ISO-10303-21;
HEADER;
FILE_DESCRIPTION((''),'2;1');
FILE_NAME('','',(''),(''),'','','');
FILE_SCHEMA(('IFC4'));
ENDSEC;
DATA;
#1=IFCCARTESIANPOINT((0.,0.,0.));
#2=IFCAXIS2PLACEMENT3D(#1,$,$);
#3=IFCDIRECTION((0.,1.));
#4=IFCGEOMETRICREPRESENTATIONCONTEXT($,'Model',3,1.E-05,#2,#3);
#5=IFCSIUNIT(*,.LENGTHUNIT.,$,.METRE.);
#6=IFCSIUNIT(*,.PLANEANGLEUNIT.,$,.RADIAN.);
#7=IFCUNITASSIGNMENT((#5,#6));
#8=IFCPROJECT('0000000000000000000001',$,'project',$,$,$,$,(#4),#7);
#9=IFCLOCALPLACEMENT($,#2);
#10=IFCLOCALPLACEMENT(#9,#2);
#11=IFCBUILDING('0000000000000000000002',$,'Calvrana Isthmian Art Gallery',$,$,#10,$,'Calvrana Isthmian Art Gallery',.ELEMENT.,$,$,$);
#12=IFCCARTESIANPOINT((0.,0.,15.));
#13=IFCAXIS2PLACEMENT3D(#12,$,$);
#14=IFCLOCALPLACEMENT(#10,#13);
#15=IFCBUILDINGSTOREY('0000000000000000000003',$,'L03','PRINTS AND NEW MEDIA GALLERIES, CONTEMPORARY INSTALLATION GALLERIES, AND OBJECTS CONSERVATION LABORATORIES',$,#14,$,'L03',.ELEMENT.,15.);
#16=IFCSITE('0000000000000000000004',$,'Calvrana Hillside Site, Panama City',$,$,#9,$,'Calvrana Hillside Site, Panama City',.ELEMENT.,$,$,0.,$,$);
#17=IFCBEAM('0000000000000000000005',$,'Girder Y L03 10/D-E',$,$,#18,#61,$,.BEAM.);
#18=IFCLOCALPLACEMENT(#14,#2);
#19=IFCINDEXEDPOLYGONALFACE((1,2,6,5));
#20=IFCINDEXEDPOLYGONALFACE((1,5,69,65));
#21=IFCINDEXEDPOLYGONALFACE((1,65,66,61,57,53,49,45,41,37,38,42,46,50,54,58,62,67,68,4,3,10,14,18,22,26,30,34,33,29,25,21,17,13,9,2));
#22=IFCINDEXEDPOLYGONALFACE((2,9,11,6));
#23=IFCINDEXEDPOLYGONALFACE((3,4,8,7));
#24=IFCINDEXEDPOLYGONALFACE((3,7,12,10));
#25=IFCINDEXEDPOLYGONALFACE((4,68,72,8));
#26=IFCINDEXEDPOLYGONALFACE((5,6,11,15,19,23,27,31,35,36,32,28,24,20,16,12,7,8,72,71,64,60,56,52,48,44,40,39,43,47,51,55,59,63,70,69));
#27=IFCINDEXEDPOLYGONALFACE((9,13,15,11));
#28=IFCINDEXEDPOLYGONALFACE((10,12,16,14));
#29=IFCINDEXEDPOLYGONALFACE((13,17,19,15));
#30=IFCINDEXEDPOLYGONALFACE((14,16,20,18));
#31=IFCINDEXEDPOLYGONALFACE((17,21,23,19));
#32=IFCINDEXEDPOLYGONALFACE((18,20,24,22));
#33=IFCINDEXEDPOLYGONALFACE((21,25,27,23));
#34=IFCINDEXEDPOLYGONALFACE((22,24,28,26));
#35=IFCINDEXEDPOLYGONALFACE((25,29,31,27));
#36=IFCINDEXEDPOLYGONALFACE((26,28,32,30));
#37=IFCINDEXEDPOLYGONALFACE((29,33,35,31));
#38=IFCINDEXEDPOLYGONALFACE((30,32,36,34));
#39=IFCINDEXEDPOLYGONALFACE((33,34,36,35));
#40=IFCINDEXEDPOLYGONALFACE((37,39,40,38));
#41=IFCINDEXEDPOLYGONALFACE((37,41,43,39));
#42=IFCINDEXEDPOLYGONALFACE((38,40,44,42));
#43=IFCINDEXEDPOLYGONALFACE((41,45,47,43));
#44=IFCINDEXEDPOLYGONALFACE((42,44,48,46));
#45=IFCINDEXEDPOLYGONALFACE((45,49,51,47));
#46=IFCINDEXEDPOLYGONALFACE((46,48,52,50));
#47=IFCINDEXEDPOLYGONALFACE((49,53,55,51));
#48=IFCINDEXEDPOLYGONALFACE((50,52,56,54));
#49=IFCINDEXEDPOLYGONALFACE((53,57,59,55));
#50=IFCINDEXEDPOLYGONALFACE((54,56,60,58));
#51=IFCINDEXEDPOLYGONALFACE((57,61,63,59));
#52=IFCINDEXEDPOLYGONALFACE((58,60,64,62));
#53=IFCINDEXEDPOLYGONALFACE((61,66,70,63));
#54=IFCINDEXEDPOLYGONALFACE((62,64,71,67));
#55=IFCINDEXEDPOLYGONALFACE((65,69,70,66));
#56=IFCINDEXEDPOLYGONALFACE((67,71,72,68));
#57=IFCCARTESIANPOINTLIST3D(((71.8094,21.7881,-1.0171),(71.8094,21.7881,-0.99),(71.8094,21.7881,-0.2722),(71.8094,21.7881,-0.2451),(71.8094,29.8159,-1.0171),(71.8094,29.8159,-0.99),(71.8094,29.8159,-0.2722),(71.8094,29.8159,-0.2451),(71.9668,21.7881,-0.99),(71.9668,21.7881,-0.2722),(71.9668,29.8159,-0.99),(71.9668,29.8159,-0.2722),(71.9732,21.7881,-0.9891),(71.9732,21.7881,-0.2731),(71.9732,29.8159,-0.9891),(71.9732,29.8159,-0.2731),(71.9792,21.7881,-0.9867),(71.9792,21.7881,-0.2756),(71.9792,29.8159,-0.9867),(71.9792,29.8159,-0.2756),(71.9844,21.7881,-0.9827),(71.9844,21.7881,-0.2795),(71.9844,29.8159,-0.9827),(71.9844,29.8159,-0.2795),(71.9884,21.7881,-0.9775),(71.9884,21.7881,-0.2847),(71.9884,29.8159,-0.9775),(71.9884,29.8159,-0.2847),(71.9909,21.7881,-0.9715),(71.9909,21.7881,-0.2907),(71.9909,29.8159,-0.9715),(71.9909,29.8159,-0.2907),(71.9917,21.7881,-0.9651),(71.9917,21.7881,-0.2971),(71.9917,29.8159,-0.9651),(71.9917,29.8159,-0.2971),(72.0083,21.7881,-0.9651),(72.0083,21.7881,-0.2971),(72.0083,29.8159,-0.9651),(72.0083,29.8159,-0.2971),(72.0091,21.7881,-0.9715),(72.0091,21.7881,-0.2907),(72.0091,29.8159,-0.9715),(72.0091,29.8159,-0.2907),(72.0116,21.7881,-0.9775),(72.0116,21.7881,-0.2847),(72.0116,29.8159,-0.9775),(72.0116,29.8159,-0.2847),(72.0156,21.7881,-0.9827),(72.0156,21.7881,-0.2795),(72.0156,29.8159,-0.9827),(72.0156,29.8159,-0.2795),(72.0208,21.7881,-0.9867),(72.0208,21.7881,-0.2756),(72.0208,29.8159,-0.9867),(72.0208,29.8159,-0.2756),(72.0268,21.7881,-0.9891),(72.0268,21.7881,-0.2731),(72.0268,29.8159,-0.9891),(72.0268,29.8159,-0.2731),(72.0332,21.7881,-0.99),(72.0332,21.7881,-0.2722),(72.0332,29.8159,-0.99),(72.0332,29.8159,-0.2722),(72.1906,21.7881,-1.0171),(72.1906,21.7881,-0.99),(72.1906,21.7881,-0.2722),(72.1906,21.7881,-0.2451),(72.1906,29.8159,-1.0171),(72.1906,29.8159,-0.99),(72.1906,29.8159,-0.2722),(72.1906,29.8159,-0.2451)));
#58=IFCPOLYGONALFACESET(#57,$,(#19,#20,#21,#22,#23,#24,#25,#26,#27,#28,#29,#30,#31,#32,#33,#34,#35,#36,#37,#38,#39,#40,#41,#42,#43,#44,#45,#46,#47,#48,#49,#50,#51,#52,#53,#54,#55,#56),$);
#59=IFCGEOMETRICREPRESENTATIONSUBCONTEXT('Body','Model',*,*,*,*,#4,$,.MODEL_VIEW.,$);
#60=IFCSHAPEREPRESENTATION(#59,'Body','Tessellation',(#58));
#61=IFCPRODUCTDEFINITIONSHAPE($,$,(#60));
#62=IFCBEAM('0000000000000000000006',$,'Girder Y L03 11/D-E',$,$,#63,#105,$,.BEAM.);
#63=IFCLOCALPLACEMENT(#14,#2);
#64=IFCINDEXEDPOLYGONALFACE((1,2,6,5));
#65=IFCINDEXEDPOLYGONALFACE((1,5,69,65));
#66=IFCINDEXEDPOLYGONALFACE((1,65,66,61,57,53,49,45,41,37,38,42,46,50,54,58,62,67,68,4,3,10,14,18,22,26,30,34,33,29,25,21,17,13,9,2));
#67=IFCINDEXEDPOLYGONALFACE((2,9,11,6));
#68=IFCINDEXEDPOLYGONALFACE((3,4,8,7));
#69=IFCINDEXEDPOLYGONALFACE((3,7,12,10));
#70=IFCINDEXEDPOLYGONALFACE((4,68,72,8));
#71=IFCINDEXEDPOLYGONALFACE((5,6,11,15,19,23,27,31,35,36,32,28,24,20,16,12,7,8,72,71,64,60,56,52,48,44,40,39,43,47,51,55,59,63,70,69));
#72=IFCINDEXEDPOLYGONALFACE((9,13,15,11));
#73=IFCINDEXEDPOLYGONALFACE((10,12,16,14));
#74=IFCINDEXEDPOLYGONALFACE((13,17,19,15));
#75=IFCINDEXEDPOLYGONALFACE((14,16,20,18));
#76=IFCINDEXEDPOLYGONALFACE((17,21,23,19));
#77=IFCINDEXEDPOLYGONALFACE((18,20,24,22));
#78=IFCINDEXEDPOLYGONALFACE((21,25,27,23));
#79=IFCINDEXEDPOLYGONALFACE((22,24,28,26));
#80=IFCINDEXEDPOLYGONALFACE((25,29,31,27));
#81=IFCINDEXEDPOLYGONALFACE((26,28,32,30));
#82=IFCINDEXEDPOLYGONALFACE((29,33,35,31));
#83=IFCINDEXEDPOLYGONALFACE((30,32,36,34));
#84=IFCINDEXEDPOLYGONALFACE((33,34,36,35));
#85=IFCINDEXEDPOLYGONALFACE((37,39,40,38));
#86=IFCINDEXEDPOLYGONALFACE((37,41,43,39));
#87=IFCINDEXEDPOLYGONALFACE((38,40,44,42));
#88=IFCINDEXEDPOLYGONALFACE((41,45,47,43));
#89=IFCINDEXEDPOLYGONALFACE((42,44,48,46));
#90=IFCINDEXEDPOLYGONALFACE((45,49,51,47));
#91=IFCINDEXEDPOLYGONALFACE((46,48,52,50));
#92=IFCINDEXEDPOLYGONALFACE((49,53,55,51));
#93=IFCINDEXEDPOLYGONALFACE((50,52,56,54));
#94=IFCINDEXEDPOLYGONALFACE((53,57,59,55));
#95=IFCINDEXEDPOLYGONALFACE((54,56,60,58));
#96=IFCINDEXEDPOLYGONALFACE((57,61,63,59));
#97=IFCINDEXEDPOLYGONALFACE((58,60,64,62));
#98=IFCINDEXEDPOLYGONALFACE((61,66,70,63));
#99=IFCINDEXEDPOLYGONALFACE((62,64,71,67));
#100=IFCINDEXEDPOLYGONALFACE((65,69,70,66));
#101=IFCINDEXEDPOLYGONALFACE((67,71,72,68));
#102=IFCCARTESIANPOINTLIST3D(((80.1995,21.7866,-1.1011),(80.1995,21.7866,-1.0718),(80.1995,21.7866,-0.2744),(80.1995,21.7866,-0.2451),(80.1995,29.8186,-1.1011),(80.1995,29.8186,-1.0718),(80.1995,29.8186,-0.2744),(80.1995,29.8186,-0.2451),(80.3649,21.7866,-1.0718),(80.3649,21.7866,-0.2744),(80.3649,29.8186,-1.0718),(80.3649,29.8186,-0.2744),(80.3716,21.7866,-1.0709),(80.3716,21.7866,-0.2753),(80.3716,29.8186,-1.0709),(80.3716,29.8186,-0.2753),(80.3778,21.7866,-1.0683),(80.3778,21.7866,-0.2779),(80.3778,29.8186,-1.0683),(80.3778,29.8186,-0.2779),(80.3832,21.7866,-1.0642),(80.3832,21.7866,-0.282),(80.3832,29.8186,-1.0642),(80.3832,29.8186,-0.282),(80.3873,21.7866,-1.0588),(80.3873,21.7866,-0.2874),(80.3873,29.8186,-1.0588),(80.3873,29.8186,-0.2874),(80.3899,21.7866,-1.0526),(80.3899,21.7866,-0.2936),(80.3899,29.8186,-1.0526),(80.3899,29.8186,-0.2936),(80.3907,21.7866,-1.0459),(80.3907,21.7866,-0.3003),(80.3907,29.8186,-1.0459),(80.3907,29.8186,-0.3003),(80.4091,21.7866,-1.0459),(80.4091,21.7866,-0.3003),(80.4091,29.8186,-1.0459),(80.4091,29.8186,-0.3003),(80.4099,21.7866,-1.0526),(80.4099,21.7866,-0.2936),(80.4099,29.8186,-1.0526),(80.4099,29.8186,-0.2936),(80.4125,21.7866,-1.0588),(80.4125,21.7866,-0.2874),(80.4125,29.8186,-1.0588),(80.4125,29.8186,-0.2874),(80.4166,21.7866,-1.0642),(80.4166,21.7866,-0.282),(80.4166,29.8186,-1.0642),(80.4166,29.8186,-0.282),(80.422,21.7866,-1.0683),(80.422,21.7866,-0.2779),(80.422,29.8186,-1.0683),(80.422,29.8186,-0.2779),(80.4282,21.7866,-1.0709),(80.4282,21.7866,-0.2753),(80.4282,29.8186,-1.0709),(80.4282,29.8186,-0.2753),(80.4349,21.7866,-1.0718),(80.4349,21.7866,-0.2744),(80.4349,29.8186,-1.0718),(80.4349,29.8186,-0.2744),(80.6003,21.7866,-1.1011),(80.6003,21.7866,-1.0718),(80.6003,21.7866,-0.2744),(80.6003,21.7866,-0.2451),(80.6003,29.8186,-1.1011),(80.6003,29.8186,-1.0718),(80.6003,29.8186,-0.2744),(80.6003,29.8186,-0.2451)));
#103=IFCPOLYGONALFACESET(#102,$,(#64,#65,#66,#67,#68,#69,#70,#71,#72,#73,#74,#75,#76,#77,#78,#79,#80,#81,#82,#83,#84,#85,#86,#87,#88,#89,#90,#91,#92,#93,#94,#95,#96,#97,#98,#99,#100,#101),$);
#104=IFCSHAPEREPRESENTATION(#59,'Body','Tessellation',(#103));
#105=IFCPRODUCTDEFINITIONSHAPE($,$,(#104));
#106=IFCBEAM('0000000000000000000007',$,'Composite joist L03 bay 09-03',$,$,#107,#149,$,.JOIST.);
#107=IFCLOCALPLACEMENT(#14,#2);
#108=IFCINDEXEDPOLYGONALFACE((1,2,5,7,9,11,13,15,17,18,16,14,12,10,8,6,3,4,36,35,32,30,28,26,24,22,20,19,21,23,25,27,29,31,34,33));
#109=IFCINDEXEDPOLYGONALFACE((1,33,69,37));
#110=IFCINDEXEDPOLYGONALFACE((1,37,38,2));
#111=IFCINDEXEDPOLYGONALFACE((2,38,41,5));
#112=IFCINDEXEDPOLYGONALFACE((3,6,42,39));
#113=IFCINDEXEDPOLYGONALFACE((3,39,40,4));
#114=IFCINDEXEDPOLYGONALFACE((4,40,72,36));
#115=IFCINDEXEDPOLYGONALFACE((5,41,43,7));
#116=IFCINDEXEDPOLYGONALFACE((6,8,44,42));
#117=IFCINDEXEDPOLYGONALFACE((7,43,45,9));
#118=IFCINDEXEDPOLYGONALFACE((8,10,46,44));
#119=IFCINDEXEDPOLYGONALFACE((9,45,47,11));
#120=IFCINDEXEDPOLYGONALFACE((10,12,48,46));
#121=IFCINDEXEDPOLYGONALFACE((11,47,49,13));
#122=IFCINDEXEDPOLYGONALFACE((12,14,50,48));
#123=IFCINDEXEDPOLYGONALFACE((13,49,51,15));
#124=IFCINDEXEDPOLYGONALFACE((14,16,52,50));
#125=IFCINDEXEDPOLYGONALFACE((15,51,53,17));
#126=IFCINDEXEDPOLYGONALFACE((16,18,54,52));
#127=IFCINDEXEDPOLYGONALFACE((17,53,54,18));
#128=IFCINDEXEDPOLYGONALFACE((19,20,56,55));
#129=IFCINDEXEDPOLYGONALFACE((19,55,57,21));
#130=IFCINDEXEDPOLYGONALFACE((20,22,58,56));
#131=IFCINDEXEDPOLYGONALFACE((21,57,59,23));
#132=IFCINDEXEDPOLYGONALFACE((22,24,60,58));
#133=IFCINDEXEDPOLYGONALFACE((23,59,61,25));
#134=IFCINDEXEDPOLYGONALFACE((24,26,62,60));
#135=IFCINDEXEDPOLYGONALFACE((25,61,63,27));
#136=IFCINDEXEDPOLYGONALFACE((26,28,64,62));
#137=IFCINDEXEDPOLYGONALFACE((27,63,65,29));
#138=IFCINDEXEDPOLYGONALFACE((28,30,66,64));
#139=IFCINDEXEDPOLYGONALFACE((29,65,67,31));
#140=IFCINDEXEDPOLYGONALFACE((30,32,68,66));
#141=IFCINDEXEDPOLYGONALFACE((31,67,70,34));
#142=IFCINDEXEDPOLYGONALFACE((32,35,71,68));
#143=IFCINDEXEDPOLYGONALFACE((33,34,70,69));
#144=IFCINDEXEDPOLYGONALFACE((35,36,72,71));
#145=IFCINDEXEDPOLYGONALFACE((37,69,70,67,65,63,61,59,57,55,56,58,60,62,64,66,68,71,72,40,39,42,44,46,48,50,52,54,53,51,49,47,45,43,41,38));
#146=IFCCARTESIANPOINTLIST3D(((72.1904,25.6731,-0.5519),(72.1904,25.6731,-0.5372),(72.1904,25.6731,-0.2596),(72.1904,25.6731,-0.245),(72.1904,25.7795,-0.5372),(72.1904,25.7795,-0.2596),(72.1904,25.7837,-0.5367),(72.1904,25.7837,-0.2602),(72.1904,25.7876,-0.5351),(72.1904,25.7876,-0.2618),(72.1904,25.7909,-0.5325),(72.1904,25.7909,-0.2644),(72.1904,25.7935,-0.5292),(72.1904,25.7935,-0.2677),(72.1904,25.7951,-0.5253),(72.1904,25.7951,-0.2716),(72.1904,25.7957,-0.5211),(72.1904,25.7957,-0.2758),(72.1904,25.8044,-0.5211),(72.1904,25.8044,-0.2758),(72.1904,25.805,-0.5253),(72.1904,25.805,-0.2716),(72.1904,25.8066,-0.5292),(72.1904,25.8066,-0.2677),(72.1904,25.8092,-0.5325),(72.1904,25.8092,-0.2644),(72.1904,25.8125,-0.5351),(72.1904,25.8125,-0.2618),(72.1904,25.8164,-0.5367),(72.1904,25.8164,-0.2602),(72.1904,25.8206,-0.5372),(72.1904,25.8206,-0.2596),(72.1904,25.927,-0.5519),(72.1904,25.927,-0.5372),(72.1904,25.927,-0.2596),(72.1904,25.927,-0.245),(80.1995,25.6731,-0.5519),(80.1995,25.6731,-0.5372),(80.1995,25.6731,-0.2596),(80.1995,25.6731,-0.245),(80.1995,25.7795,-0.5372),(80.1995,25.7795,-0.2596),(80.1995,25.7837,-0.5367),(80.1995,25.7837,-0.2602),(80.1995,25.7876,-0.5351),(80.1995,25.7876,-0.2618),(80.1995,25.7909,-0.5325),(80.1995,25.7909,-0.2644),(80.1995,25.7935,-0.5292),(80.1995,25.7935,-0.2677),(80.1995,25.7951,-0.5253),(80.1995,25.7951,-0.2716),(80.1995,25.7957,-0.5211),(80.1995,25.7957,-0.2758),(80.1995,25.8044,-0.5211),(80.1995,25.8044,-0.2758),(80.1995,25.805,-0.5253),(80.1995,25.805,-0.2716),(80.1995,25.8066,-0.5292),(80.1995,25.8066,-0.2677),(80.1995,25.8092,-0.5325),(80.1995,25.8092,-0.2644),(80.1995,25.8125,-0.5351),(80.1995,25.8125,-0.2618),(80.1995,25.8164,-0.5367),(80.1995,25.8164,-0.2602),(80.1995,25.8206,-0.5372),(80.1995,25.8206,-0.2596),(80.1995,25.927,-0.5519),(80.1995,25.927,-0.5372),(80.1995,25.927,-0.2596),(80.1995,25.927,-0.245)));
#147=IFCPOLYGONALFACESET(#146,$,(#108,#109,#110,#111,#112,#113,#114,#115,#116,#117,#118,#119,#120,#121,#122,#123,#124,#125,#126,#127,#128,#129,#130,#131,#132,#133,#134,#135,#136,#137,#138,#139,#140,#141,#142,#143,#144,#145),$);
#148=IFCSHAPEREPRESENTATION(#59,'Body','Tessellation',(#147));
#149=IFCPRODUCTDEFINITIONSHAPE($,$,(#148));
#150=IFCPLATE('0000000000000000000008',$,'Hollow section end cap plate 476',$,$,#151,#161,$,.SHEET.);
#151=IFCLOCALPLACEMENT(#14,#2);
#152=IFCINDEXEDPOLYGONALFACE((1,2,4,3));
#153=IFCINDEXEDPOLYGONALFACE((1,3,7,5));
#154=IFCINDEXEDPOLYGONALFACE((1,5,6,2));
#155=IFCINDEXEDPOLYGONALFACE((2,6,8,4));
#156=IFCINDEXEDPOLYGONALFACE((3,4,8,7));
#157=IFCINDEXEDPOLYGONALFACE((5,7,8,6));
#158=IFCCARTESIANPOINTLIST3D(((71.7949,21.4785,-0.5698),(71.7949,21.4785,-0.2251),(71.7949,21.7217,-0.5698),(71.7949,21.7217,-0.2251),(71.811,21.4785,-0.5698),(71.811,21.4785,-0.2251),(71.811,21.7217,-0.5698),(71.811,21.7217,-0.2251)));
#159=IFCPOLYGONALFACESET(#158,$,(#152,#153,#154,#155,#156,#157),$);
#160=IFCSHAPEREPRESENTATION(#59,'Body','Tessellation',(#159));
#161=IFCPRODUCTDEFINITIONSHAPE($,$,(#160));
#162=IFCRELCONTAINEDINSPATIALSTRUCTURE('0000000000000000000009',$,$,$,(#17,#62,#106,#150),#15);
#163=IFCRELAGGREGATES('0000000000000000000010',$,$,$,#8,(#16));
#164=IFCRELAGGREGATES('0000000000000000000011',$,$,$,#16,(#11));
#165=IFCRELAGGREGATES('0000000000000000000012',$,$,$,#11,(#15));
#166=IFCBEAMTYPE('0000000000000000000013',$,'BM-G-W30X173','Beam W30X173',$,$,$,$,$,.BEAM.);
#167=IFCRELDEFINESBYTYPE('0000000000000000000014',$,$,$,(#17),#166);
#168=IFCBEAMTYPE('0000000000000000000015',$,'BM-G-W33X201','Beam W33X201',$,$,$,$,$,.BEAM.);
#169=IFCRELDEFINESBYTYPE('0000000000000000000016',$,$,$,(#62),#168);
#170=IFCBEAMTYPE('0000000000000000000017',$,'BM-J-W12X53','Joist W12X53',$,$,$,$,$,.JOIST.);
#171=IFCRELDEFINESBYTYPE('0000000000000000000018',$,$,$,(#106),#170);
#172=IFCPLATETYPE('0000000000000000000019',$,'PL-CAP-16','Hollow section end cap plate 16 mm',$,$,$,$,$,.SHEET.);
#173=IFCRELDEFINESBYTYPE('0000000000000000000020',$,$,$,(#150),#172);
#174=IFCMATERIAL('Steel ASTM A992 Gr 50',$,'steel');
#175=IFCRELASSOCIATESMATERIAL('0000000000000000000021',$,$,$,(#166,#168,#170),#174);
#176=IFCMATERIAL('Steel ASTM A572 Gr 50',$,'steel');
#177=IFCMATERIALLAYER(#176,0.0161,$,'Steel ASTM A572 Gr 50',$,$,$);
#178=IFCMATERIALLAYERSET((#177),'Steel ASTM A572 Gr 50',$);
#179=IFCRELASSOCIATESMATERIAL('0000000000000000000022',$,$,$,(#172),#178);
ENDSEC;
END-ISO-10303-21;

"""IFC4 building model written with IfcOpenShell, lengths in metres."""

from ifc_helpers import new_model, si_unit, direction, frame, origin, origin_2d, place, context, subcontext, project, spatial, rectangle, i_section, extrude, material, layer, layer_set, material_profile, profile_set, type_object, element, save


model = new_model("IFC4")

# Units and contexts
model_context = context("Model", 3, precision=1e-05, world=origin(), true_north=direction((0.0, 1.0)))
body_context = subcontext(model_context, "Body", "Model", "MODEL_VIEW")
ifc_project = project(units=[si_unit("LENGTHUNIT", "METRE"), si_unit("PLANEANGLEUNIT", "RADIAN")], contexts=[model_context])

# Site, building, storey
site_placement = place(None, origin())
site = spatial("IfcSite", under=ifc_project, at=site_placement, Name="Calvrana Hillside Site, Panama City", LongName="Calvrana Hillside Site, Panama City", CompositionType="ELEMENT", RefElevation=0.0)
building_placement = place(site_placement, origin())
building = spatial("IfcBuilding", under=site, at=building_placement, Name="Calvrana Isthmian Art Gallery", LongName="Calvrana Isthmian Art Gallery", CompositionType="ELEMENT")
storey_placement = place(building_placement, frame((0.0, 0.0, 15.0)))
storey = spatial("IfcBuildingStorey", under=building, at=storey_placement, Name="L03", Description="PRINTS AND NEW MEDIA GALLERIES, CONTEMPORARY INSTALLATION GALLERIES, AND OBJECTS CONSERVATION LABORATORIES", LongName="L03", CompositionType="ELEMENT", Elevation=15.0)

# Shared definitions
ifc_material_1 = material(Name="Steel ASTM A992 Gr 50", Category="steel")

# Beams
ifc_material_profile_1 = material_profile(ifc_material_1, i_section(OverallWidth=0.3811, OverallDepth=0.772, WebThickness=0.0166, FlangeThickness=0.0271, FilletRadius=0.0249, at=origin_2d()), Name="W30X173")
ifc_profile_set_1 = profile_set([ifc_material_profile_1], Name="Steel ASTM A992 Gr 50")
beam_type_1 = type_object("IfcBeamType", Name="BM-G-W30X173", Description="Beam W30X173", PredefinedType="BEAM", material=ifc_profile_set_1)
beam_1_placement = place(storey_placement, frame((72.0, 21.7881, -0.6311), z_axis=(0.0, 1.0, 0.0), x_axis=(-1.0, 0.0, 0.0)))
element("IfcBeam", 1, at=beam_1_placement, inside=storey, type_object=beam_type_1, Name="Girder Y L03 10/D-E", PredefinedType="BEAM", context=body_context, shape_type="SweptSolid", body=[
    extrude(i_section(OverallWidth=0.3811, OverallDepth=0.772, WebThickness=0.0166, FlangeThickness=0.0271, FilletRadius=0.0249, at=origin_2d()), origin(), (0.0, 0.0, 1.0), 8.0278),
])
ifc_material_profile_2 = material_profile(ifc_material_1, i_section(OverallWidth=0.4009, OverallDepth=0.856, WebThickness=0.0183, FlangeThickness=0.0293, FilletRadius=0.0259, at=origin_2d()), Name="W33X201")
ifc_profile_set_2 = profile_set([ifc_material_profile_2], Name="Steel ASTM A992 Gr 50")
beam_type_2 = type_object("IfcBeamType", Name="BM-G-W33X201", Description="Beam W33X201", PredefinedType="BEAM", material=ifc_profile_set_2)
beam_2_placement = place(storey_placement, frame((80.3999, 21.7866, -0.6731), z_axis=(0.0, 1.0, 0.0), x_axis=(-1.0, 0.0, 0.0)))
element("IfcBeam", 2, at=beam_2_placement, inside=storey, type_object=beam_type_2, Name="Girder Y L03 11/D-E", PredefinedType="BEAM", context=body_context, shape_type="SweptSolid", body=[
    extrude(i_section(OverallWidth=0.4009, OverallDepth=0.856, WebThickness=0.0183, FlangeThickness=0.0293, FilletRadius=0.0259, at=origin_2d()), origin(), (0.0, 0.0, 1.0), 8.032),
])
ifc_material_profile_3 = material_profile(ifc_material_1, i_section(OverallWidth=0.2539, OverallDepth=0.3069, WebThickness=0.0088, FlangeThickness=0.0146, FilletRadius=0.0161, at=origin_2d()), Name="W12X53")
ifc_profile_set_3 = profile_set([ifc_material_profile_3], Name="Steel ASTM A992 Gr 50")
beam_type_3 = type_object("IfcBeamType", Name="BM-J-W12X53", Description="Joist W12X53", PredefinedType="JOIST", material=ifc_profile_set_3)
beam_3_placement = place(storey_placement, frame((72.1904, 25.8, -0.3984), z_axis=(1.0, 0.0, 0.0), x_axis=(0.0, 1.0, 0.0)))
element("IfcBeam", 3, at=beam_3_placement, inside=storey, type_object=beam_type_3, Name="Composite joist L03 bay 09-03", PredefinedType="JOIST", context=body_context, shape_type="SweptSolid", body=[
    extrude(i_section(OverallWidth=0.2539, OverallDepth=0.3069, WebThickness=0.0088, FlangeThickness=0.0146, FilletRadius=0.0161, at=origin_2d()), origin(), (0.0, 0.0, 1.0), 8.009),
])

# Plate
ifc_material_2 = material(Name="Steel ASTM A572 Gr 50", Category="steel")
ifc_layer_1 = layer(ifc_material_2, 0.0161, Name="Steel ASTM A572 Gr 50")
ifc_layer_set_1 = layer_set([ifc_layer_1], Name="Steel ASTM A572 Gr 50")
plate_type = type_object("IfcPlateType", Name="PL-CAP-16", Description="Hollow section end cap plate 16 mm", PredefinedType="SHEET", material=ifc_layer_set_1)
plate_placement = place(storey_placement, frame((71.803, 21.6001, -0.5698), z_axis=(0.0, 0.0, 1.0), x_axis=(1.0, 0.0, 0.0)))
element("IfcPlate", 4, at=plate_placement, inside=storey, type_object=plate_type, Name="Hollow section end cap plate 476", PredefinedType="SHEET", context=body_context, shape_type="SweptSolid", body=[
    extrude(rectangle(XDim=0.0161, YDim=0.2432, at=origin_2d()), origin(), (0.0, 0.0, 1.0), 0.3447),
])

save(model, "model.ifc")
